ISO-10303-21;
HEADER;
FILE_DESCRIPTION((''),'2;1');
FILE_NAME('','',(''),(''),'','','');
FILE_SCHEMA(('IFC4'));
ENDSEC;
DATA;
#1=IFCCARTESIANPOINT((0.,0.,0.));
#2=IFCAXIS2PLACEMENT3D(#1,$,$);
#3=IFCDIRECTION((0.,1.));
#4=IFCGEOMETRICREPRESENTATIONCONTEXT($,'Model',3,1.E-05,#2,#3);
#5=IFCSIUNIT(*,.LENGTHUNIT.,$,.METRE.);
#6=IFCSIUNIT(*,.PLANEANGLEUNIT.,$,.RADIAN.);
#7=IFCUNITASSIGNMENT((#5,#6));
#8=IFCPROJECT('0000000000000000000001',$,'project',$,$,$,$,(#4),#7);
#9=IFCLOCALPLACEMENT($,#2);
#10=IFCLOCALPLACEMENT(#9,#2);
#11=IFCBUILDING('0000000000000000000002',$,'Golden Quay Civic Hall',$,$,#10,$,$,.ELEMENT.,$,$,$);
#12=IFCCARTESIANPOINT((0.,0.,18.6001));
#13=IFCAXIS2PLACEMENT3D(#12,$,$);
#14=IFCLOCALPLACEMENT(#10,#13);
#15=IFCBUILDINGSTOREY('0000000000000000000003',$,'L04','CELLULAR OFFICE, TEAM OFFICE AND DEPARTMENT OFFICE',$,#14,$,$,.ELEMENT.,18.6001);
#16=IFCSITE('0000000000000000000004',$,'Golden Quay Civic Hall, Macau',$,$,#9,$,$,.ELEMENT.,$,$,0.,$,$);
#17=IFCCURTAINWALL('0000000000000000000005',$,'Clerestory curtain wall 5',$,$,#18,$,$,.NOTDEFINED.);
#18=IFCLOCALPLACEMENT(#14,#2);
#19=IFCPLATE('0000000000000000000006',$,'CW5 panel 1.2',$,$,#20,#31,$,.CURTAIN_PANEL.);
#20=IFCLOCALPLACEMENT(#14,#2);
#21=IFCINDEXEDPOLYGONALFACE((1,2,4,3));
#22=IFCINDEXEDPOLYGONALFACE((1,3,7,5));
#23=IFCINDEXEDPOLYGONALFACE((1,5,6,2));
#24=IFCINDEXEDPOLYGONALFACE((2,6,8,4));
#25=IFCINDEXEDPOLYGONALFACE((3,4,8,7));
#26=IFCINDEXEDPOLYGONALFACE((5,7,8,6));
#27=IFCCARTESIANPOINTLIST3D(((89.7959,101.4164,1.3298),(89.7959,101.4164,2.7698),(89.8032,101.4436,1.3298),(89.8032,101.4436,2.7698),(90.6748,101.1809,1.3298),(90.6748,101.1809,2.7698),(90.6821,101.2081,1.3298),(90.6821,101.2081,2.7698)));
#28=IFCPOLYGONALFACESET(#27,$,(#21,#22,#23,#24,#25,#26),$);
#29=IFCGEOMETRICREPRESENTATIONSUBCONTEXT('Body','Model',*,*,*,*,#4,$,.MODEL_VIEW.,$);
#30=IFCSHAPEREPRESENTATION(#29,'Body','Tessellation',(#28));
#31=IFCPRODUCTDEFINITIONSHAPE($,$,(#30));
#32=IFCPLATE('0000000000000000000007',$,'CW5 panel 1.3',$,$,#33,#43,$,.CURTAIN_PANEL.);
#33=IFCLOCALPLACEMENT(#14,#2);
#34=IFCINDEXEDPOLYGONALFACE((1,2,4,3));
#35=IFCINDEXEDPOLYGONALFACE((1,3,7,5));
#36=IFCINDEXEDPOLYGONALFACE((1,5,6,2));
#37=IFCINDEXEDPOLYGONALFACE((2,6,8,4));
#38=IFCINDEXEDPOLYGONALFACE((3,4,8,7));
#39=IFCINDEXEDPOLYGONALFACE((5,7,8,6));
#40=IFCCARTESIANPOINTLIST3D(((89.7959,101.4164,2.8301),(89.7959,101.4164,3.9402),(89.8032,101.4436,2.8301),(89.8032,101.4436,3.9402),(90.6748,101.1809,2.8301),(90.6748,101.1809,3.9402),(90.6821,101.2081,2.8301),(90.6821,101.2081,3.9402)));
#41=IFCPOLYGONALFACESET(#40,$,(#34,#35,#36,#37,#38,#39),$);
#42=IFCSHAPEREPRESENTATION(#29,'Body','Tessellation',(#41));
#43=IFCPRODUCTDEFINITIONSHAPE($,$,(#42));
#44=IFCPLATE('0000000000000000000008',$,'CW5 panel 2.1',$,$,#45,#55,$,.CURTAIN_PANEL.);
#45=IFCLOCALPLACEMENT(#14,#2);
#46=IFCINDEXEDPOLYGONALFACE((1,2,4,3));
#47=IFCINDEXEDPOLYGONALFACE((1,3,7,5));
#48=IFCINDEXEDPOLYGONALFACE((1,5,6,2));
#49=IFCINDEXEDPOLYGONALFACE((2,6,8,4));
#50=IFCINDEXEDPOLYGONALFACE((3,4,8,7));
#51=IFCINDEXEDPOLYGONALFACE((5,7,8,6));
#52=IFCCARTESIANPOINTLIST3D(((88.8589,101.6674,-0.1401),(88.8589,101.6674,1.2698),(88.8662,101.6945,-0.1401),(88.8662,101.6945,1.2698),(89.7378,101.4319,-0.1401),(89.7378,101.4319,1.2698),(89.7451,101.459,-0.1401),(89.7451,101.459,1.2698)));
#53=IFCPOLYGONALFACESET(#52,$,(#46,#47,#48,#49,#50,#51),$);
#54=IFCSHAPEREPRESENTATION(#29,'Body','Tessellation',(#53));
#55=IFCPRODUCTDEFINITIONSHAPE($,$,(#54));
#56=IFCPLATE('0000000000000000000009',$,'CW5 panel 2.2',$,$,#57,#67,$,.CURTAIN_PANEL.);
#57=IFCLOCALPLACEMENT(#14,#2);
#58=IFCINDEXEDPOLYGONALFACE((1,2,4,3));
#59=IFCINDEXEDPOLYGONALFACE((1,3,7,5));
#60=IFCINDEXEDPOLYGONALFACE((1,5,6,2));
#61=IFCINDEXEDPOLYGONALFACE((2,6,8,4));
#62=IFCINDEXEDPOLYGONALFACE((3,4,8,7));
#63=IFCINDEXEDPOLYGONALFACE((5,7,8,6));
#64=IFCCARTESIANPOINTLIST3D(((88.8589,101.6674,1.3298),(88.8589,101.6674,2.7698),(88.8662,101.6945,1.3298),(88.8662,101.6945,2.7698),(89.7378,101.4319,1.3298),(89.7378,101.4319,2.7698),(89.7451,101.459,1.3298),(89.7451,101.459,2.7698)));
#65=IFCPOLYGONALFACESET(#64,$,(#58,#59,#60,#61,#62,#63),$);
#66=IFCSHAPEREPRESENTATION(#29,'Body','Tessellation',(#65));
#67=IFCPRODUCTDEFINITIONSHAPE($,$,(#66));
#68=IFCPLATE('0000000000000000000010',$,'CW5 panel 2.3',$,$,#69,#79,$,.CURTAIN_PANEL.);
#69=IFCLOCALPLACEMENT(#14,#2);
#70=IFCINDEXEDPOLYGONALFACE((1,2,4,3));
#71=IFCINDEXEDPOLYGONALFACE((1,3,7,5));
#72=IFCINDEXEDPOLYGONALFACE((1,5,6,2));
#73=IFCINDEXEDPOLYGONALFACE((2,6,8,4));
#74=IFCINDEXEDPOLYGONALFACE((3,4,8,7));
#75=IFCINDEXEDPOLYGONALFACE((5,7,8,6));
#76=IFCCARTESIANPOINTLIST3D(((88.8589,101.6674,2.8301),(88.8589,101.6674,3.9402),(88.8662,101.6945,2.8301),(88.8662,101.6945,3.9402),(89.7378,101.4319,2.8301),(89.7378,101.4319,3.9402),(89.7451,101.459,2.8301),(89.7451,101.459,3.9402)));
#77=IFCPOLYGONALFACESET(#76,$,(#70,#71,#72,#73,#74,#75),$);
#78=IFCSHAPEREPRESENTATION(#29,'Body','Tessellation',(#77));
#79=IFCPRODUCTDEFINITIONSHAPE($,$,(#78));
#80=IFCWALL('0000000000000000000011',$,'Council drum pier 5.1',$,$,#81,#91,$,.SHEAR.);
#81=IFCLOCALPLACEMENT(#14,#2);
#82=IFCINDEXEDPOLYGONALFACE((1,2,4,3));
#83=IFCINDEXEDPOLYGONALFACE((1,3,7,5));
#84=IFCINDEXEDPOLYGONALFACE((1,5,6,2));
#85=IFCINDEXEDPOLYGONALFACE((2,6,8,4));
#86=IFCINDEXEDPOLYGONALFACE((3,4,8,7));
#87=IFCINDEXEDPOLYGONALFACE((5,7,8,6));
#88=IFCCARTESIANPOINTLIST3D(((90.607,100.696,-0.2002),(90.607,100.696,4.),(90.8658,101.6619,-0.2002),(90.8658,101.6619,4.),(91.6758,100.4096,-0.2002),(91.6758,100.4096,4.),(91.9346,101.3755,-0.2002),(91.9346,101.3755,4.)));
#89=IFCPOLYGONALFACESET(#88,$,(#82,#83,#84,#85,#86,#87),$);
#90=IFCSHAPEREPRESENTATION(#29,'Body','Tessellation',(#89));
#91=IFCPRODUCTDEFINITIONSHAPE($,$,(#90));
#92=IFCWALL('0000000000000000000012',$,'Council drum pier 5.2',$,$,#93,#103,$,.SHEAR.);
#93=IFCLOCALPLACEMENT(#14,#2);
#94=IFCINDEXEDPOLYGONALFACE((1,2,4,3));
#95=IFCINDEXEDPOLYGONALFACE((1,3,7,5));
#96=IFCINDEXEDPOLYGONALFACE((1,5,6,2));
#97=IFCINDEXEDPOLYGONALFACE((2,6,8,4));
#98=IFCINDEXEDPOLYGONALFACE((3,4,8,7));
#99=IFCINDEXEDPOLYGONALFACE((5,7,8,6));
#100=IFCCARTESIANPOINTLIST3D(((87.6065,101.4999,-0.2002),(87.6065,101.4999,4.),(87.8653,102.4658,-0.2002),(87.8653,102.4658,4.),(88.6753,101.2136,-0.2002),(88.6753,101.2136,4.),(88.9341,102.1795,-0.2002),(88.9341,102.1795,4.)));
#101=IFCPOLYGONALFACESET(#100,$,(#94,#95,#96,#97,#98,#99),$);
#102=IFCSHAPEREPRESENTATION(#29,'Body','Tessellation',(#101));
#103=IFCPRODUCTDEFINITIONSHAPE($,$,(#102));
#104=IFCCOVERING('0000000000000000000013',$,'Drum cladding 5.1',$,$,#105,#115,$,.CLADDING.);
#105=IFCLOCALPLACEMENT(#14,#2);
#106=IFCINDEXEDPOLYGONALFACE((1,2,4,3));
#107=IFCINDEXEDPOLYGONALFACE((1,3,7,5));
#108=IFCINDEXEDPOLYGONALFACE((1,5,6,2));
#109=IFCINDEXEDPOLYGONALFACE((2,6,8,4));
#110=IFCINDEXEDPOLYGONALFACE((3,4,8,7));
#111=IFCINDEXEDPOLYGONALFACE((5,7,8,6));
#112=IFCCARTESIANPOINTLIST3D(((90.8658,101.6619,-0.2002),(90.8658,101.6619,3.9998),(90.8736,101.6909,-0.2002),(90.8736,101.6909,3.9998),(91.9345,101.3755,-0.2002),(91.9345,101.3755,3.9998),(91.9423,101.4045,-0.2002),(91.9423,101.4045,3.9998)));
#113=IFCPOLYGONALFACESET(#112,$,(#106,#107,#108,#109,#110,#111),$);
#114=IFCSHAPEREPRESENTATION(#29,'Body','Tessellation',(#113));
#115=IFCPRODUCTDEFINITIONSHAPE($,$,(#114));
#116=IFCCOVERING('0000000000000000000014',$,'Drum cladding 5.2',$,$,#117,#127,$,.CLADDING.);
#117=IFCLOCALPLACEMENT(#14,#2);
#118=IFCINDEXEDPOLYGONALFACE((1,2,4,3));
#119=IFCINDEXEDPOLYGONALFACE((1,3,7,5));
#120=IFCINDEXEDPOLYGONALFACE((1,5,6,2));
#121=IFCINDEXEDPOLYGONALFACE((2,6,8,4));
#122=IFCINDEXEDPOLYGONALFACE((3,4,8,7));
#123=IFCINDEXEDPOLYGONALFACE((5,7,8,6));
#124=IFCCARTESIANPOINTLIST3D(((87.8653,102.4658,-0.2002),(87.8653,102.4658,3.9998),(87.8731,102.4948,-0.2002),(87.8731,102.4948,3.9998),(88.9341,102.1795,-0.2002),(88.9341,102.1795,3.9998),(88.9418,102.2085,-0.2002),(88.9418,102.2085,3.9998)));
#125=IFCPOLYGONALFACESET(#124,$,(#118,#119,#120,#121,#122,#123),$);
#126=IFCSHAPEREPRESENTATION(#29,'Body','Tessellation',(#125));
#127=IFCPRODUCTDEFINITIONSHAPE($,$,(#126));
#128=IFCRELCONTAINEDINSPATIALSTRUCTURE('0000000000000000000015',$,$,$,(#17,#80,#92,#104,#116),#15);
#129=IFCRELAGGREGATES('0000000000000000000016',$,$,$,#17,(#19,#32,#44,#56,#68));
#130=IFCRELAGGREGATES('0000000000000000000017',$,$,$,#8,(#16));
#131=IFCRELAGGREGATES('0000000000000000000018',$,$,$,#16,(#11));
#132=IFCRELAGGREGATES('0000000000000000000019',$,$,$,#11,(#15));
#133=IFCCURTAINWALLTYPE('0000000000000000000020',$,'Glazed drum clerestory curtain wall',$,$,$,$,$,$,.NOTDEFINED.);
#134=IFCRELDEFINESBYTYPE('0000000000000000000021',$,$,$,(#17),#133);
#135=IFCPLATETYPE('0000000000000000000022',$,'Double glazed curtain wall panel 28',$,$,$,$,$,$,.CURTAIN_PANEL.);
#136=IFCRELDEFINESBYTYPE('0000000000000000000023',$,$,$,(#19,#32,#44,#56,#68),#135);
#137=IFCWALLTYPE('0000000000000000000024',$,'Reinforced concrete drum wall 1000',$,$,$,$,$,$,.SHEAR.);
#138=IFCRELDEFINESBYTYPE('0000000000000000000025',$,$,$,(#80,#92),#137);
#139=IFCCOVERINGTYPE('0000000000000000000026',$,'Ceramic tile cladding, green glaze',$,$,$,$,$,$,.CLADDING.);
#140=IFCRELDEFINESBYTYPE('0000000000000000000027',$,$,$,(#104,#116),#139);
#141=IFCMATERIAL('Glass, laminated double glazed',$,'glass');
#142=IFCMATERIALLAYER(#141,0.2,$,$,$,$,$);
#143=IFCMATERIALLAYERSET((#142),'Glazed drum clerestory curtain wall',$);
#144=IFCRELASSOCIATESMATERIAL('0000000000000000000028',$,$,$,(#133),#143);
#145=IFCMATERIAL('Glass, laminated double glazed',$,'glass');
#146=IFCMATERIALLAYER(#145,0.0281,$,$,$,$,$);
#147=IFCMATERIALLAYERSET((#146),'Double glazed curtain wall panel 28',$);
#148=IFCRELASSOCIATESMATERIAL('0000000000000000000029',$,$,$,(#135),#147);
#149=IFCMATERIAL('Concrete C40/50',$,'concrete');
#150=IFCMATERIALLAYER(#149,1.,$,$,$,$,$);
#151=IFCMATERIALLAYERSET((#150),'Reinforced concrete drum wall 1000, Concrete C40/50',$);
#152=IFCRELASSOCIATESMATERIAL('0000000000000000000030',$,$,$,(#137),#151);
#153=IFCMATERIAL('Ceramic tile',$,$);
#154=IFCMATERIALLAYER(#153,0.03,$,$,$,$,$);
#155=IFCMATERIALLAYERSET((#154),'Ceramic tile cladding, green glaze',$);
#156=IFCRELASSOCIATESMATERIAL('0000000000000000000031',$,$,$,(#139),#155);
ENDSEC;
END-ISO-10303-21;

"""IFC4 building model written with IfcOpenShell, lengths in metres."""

from ifc_helpers import new_model, si_unit, direction, frame, frame_2d, origin, origin_2d, place, context, subcontext, project, spatial, rectangle, extrude, material, layer, layer_set, type_object, element, aggregate, save


model = new_model("IFC4")

# Units and contexts
model_context = context("Model", 3, precision=1e-05, world=origin(), true_north=direction((0.0, 1.0)))
body_context = subcontext(model_context, "Body", "Model", "MODEL_VIEW")
ifc_project = project(units=[si_unit("LENGTHUNIT", "METRE"), si_unit("PLANEANGLEUNIT", "RADIAN")], contexts=[model_context])

# Site, building, storey
site_placement = place(None, origin())
site = spatial("IfcSite", under=ifc_project, at=site_placement, Name="Golden Quay Civic Hall, Macau", CompositionType="ELEMENT", RefElevation=0.0)
building_placement = place(site_placement, origin())
building = spatial("IfcBuilding", under=site, at=building_placement, Name="Golden Quay Civic Hall", CompositionType="ELEMENT")
storey_placement = place(building_placement, frame((0.0, 0.0, 18.6001)))
storey = spatial("IfcBuildingStorey", under=building, at=storey_placement, Name="L04", Description="CELLULAR OFFICE, TEAM OFFICE AND DEPARTMENT OFFICE", CompositionType="ELEMENT", Elevation=18.6001)

# Curtain wall
ifc_material_1 = material(Name="Glass, laminated double glazed", Category="glass")
ifc_layer_1 = layer(ifc_material_1, 0.2)
ifc_layer_set_1 = layer_set([ifc_layer_1], Name="Glazed drum clerestory curtain wall")
curtain_wall_type = type_object("IfcCurtainWallType", Name="Glazed drum clerestory curtain wall", PredefinedType="NOTDEFINED", material=ifc_layer_set_1)
curtain_wall_placement = place(storey_placement, origin())
curtain_wall = element("IfcCurtainWall", 1, at=curtain_wall_placement, inside=storey, type_object=curtain_wall_type, Name="Clerestory curtain wall 5", PredefinedType="NOTDEFINED")

# Plates
ifc_material_2 = material(Name="Glass, laminated double glazed", Category="glass")
ifc_layer_2 = layer(ifc_material_2, 0.0281)
ifc_layer_set_2 = layer_set([ifc_layer_2], Name="Double glazed curtain wall panel 28")
plate_type = type_object("IfcPlateType", Name="Double glazed curtain wall panel 28", PredefinedType="CURTAIN_PANEL", material=ifc_layer_set_2)
plate_1_placement = place(storey_placement, frame((90.239, 101.3123, 1.3298), z_axis=(0.0, 0.0, 1.0), x_axis=(-0.965929, 0.258808, 0.0)))
plate_1 = element("IfcPlate", 2, at=plate_1_placement, type_object=plate_type, Name="CW5 panel 1.2", PredefinedType="CURTAIN_PANEL", context=body_context, shape_type="SweptSolid", body=[
    extrude(rectangle(XDim=0.9099, YDim=0.0281, at=origin_2d()), origin(), (0.0, 0.0, 1.0), 1.4399),
])
plate_2_placement = place(storey_placement, frame((90.239, 101.3123, 2.8301), z_axis=(0.0, 0.0, 1.0), x_axis=(-0.965929, 0.258808, 0.0)))
plate_2 = element("IfcPlate", 3, at=plate_2_placement, type_object=plate_type, Name="CW5 panel 1.3", PredefinedType="CURTAIN_PANEL", context=body_context, shape_type="SweptSolid", body=[
    extrude(rectangle(XDim=0.9099, YDim=0.0281, at=origin_2d()), origin(), (0.0, 0.0, 1.0), 1.1101),
])
plate_3_placement = place(storey_placement, frame((89.302, 101.5632, -0.1401), z_axis=(0.0, 0.0, 1.0), x_axis=(-0.965929, 0.258808, 0.0)))
plate_3 = element("IfcPlate", 4, at=plate_3_placement, type_object=plate_type, Name="CW5 panel 2.1", PredefinedType="CURTAIN_PANEL", context=body_context, shape_type="SweptSolid", body=[
    extrude(rectangle(XDim=0.9099, YDim=0.0281, at=origin_2d()), origin(), (0.0, 0.0, 1.0), 1.4099),
])
plate_4_placement = place(storey_placement, frame((89.302, 101.5632, 1.3298), z_axis=(0.0, 0.0, 1.0), x_axis=(-0.965929, 0.258808, 0.0)))
plate_4 = element("IfcPlate", 5, at=plate_4_placement, type_object=plate_type, Name="CW5 panel 2.2", PredefinedType="CURTAIN_PANEL", context=body_context, shape_type="SweptSolid", body=[
    extrude(rectangle(XDim=0.9099, YDim=0.0281, at=origin_2d()), origin(), (0.0, 0.0, 1.0), 1.4399),
])
plate_5_placement = place(storey_placement, frame((89.302, 101.5632, 2.8301), z_axis=(0.0, 0.0, 1.0), x_axis=(-0.965929, 0.258808, 0.0)))
plate_5 = element("IfcPlate", 6, at=plate_5_placement, type_object=plate_type, Name="CW5 panel 2.3", PredefinedType="CURTAIN_PANEL", context=body_context, shape_type="SweptSolid", body=[
    extrude(rectangle(XDim=0.9099, YDim=0.0281, at=origin_2d()), origin(), (0.0, 0.0, 1.0), 1.1101),
])
aggregate(curtain_wall, [plate_1, plate_2, plate_3, plate_4, plate_5])

# Walls
ifc_material_3 = material(Name="Concrete C40/50", Category="concrete")
ifc_layer_3 = layer(ifc_material_3, 1.0)
ifc_layer_set_3 = layer_set([ifc_layer_3], Name="Reinforced concrete drum wall 1000, Concrete C40/50")
wall_type = type_object("IfcWallType", Name="Reinforced concrete drum wall 1000", PredefinedType="SHEAR", material=ifc_layer_set_3)
for number, where, z_axis, x_axis, name in (
    (7, (91.8052, 100.8926, -0.2002), (0.0, 0.0, 1.0), (-0.96593, 0.258802, 0.0), "Council drum pier 5.1"),
    (8, (88.8047, 101.6965, -0.2002), (0.0, 0.0, 1.0), (-0.96593, 0.258802, 0.0), "Council drum pier 5.2"),
):
    element("IfcWall", number, at=place(storey_placement, frame(where, z_axis=z_axis, x_axis=x_axis)), inside=storey, type_object=wall_type, Name=name, PredefinedType="SHEAR", context=body_context, shape_type="SweptSolid", body=[
        extrude(rectangle(XDim=1.1064, YDim=1.0, at=frame_2d((0.5532, 0.0))), origin(), (0.0, 0.0, 1.0), 4.2002),
    ])

# Coverings
ifc_material_4 = material(Name="Ceramic tile")
ifc_layer_4 = layer(ifc_material_4, 0.03)
ifc_layer_set_4 = layer_set([ifc_layer_4], Name="Ceramic tile cladding, green glaze")
covering_type = type_object("IfcCoveringType", Name="Ceramic tile cladding, green glaze", PredefinedType="CLADDING", material=ifc_layer_set_4)
for number, where, z_axis, x_axis, name in (
    (9, (91.4041, 101.5332, -0.2002), (0.0, 0.0, 1.0), (-0.965926, 0.258819, 0.0), "Drum cladding 5.1"),
    (10, (88.4036, 102.3372, -0.2002), (0.0, 0.0, 1.0), (-0.965926, 0.258819, 0.0), "Drum cladding 5.2"),
):
    element("IfcCovering", number, at=place(storey_placement, frame(where, z_axis=z_axis, x_axis=x_axis)), inside=storey, type_object=covering_type, Name=name, PredefinedType="CLADDING", context=body_context, shape_type="SweptSolid", body=[
        extrude(rectangle(XDim=1.1064, YDim=0.03, at=origin_2d()), origin(), (0.0, 0.0, 1.0), 4.2),
    ])

save(model, "model.ifc")
